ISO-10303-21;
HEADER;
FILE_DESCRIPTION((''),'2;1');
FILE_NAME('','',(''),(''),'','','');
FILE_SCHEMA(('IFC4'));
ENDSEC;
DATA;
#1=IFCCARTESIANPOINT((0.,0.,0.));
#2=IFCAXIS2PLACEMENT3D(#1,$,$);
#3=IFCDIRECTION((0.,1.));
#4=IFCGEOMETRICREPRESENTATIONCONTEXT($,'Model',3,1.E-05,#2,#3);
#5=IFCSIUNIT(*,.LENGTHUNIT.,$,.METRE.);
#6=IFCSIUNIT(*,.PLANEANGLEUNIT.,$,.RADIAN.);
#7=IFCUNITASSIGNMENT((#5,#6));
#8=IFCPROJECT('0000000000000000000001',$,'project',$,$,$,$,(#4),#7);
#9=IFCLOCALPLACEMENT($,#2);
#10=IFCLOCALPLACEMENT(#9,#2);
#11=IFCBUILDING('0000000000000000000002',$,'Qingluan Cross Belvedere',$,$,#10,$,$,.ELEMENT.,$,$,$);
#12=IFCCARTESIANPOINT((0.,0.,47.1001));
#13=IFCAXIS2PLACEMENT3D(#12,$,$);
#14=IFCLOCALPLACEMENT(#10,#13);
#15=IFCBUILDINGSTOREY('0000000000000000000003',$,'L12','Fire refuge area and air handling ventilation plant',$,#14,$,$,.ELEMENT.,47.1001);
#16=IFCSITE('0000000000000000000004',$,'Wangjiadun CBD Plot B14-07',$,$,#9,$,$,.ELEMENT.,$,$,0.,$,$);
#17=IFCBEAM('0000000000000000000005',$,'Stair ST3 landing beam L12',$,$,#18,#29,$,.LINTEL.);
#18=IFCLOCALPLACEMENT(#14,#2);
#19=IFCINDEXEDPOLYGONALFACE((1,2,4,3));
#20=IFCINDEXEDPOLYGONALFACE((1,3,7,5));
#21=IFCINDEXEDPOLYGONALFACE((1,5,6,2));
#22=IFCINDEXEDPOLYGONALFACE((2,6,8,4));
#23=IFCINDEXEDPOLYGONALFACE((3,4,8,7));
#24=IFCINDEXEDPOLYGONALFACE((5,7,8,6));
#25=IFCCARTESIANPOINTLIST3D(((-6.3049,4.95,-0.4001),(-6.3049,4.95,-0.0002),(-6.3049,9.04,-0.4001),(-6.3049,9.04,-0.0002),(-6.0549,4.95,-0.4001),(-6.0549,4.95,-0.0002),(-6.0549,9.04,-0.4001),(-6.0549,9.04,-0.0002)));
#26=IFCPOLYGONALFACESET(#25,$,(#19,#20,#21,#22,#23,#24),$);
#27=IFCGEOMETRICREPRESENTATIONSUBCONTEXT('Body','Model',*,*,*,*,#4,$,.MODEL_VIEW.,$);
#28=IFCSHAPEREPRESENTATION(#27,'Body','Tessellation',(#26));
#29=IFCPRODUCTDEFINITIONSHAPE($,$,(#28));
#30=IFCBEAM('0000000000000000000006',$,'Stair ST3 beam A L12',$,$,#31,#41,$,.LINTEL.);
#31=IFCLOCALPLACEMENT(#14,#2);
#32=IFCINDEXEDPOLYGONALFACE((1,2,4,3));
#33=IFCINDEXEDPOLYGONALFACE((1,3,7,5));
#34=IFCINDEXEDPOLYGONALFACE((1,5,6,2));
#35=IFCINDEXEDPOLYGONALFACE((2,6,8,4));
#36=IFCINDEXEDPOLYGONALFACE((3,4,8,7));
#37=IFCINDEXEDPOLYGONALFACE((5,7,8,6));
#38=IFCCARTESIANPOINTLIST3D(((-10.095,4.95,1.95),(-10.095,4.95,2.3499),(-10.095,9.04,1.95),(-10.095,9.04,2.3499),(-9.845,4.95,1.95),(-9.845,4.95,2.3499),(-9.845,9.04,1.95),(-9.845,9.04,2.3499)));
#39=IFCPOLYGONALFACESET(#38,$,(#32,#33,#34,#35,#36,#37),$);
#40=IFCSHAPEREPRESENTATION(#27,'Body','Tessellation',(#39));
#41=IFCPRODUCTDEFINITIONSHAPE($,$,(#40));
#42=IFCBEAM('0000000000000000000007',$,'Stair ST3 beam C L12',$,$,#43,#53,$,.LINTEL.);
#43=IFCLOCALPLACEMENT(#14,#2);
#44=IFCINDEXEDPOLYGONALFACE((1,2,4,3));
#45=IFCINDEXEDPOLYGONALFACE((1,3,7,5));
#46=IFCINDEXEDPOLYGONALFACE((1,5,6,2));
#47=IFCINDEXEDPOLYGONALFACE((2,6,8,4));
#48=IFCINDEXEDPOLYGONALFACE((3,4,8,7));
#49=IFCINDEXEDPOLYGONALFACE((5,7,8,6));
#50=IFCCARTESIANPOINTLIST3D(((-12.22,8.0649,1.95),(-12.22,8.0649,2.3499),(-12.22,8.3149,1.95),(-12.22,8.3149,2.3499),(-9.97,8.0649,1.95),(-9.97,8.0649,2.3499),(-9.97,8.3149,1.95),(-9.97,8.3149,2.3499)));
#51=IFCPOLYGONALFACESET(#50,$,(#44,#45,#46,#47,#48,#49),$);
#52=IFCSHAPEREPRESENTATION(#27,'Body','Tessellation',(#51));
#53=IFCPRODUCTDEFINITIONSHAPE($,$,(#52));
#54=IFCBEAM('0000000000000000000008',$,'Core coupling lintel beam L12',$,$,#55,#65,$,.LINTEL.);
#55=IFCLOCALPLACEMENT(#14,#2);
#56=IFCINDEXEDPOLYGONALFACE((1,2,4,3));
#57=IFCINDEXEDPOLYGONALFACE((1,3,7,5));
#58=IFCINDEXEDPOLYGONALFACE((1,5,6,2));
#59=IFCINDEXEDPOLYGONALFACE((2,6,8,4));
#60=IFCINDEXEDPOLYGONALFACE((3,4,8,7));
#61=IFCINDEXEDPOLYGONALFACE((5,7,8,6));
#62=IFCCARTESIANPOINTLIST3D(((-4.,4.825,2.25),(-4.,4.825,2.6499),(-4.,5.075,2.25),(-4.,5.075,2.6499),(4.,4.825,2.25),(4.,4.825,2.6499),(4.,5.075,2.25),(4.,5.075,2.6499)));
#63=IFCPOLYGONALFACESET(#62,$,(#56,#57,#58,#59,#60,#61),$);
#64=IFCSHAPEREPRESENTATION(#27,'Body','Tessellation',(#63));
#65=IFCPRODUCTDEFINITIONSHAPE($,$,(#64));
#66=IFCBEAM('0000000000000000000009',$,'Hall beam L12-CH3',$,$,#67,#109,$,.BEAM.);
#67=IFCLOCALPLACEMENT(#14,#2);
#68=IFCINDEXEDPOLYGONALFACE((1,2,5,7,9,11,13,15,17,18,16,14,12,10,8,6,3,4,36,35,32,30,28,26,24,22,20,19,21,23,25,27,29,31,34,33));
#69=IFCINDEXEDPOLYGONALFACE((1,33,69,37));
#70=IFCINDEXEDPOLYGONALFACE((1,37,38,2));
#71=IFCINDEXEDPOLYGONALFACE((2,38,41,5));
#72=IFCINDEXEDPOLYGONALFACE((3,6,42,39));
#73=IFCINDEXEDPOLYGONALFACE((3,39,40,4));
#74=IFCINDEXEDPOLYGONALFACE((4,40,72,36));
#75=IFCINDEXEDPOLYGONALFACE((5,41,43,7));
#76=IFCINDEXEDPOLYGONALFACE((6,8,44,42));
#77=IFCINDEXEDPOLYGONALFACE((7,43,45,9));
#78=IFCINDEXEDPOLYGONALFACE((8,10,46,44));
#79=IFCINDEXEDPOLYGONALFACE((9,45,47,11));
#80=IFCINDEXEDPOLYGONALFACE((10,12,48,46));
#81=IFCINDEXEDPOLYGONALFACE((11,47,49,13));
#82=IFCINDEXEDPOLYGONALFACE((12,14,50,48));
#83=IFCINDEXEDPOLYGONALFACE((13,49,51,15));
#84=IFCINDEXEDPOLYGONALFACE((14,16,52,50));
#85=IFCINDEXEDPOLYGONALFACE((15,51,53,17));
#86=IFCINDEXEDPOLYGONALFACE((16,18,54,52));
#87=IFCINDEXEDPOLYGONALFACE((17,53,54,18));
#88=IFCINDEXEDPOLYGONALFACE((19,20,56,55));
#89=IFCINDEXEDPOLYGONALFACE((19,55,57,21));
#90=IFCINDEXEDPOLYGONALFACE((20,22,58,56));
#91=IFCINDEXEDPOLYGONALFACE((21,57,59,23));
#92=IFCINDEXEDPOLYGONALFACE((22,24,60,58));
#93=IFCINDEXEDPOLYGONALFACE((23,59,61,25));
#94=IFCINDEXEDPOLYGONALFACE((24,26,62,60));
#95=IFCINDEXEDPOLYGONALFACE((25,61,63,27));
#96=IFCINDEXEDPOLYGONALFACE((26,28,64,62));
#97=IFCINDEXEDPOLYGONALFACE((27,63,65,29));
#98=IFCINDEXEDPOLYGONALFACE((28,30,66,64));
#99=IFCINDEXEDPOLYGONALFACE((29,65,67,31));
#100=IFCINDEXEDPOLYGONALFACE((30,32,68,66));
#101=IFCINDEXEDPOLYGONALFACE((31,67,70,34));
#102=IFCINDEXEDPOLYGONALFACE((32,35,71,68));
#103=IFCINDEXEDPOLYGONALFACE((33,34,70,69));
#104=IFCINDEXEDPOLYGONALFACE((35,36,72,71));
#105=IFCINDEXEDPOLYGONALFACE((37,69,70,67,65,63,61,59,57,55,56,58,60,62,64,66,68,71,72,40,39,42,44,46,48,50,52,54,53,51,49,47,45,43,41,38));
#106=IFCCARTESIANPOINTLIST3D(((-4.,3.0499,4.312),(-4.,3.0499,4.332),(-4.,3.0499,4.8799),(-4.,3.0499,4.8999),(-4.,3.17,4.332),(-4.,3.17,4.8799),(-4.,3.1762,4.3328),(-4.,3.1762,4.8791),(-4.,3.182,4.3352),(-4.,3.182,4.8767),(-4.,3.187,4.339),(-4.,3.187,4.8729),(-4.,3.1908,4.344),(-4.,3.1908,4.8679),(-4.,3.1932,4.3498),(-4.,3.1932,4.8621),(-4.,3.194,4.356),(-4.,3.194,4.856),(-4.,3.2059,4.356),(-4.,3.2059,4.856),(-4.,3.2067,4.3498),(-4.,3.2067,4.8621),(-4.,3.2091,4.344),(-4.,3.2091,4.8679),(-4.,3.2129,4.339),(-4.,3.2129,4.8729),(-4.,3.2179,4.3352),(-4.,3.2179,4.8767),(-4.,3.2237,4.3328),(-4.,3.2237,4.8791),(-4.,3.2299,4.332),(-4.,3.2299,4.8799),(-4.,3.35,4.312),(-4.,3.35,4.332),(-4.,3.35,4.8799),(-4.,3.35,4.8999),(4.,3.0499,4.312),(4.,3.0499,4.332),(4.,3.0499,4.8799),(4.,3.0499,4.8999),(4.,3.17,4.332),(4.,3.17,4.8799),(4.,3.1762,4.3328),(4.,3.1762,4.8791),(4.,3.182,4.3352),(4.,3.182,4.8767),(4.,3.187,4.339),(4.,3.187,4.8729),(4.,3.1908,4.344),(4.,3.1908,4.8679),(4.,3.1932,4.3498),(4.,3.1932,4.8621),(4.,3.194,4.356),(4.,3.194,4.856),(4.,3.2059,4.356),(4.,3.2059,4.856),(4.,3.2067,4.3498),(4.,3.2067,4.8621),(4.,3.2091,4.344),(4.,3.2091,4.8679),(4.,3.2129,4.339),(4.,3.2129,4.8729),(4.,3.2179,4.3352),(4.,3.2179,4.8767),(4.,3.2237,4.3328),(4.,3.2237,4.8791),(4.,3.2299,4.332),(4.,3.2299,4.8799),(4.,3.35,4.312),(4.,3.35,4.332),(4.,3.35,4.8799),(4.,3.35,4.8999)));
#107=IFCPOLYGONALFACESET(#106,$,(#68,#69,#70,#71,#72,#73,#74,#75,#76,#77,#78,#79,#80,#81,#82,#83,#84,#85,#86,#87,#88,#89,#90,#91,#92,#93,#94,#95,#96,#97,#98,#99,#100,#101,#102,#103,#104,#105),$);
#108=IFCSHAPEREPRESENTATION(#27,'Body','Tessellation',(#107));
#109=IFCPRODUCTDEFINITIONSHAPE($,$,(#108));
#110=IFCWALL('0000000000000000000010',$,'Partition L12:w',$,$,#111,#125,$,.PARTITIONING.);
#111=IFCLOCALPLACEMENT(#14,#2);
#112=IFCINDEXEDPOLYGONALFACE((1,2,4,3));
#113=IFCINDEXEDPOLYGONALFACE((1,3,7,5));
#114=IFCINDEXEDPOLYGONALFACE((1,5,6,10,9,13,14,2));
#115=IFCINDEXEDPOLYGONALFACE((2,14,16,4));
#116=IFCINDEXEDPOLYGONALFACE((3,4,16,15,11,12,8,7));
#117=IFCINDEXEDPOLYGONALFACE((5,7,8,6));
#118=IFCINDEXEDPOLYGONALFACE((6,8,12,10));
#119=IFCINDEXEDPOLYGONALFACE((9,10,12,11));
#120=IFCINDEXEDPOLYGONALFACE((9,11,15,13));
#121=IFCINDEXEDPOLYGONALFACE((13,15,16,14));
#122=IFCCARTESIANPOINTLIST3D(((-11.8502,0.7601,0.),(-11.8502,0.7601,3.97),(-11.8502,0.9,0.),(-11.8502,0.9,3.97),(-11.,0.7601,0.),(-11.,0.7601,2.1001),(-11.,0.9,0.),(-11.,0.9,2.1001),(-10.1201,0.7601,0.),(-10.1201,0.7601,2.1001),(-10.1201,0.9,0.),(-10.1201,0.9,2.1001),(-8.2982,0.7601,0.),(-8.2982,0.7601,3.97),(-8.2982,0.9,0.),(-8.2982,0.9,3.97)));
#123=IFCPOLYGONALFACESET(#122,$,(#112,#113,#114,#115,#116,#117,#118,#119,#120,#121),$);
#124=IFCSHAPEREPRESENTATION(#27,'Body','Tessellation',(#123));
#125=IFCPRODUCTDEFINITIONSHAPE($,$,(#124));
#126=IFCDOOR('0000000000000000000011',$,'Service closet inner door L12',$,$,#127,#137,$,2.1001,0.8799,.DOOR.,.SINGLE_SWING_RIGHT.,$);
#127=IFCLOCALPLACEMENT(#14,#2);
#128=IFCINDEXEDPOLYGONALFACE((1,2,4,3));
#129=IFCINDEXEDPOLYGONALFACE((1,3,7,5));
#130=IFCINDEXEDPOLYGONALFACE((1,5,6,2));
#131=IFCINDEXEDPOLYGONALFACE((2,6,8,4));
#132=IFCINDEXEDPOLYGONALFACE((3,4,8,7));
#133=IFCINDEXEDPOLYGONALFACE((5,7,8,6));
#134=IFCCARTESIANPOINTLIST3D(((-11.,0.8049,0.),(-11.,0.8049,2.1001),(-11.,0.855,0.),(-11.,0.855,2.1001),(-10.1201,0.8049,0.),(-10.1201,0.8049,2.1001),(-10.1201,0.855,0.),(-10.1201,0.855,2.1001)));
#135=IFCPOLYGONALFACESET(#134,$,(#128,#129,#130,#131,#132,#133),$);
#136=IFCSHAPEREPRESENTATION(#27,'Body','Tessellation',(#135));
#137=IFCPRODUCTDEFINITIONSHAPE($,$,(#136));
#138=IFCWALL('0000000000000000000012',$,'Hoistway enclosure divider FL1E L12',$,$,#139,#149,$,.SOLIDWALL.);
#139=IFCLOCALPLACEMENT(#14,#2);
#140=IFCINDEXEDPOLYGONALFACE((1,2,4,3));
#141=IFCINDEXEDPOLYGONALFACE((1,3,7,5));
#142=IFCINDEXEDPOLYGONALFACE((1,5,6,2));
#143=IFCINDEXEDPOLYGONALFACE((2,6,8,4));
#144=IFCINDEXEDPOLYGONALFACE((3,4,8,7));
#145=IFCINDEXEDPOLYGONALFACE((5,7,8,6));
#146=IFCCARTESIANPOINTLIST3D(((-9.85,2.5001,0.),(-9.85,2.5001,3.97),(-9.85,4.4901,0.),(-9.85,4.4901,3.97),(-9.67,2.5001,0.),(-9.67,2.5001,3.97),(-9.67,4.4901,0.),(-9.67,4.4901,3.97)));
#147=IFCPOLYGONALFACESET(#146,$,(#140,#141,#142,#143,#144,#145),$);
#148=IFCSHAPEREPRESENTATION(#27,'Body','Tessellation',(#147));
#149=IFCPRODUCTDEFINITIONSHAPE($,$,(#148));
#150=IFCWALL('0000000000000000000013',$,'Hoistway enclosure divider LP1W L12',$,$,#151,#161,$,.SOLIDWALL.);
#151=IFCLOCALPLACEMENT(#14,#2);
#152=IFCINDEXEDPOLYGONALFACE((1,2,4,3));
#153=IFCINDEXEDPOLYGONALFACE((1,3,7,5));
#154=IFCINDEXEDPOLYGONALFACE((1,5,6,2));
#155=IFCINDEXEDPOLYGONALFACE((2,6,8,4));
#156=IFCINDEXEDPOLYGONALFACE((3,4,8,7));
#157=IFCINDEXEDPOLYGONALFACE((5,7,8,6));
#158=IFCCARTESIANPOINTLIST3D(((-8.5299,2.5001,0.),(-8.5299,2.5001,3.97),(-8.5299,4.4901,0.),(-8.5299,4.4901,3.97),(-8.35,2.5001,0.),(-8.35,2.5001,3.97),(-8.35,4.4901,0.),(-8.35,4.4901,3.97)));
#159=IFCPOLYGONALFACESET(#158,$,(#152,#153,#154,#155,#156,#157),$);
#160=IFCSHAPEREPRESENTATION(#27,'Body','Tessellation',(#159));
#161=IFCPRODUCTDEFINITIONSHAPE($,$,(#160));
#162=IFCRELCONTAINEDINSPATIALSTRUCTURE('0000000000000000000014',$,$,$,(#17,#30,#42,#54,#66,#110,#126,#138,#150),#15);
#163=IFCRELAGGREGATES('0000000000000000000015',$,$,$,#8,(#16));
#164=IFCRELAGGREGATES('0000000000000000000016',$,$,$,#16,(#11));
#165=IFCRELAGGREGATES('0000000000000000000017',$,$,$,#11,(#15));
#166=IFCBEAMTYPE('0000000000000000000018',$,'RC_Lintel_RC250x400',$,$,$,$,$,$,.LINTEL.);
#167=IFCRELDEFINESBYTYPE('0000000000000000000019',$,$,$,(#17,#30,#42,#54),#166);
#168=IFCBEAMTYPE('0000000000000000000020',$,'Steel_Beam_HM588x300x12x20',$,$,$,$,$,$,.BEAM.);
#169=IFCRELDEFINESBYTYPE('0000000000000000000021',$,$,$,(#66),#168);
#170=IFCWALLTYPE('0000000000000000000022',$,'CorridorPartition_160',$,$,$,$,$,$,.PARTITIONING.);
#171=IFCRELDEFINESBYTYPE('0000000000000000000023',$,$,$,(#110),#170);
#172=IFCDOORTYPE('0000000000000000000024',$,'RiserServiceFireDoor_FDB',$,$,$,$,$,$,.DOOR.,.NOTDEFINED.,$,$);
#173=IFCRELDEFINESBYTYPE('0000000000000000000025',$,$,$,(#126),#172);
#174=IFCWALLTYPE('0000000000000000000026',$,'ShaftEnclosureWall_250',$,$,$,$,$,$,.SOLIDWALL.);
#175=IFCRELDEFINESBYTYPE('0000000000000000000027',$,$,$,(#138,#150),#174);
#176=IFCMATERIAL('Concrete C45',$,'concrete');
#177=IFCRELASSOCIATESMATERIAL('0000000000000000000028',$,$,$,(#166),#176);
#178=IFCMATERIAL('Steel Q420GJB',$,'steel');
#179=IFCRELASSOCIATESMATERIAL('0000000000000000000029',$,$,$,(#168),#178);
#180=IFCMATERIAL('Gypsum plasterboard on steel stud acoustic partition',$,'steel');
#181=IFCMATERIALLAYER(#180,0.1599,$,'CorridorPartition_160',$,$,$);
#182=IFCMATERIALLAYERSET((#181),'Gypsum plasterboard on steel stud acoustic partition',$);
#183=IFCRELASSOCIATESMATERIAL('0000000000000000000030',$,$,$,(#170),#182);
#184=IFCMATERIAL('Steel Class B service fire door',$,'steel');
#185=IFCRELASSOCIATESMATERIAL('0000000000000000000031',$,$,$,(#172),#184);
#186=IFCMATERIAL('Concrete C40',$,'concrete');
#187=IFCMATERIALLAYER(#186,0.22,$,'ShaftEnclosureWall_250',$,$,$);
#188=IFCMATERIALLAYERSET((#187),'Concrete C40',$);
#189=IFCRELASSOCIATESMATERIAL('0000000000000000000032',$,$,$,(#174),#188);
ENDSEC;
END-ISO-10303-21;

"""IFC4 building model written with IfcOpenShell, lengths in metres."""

from ifc_helpers import new_model, si_unit, direction, frame, frame_2d, origin, origin_2d, place, context, subcontext, project, spatial, rectangle, i_section, extrude, material, layer, layer_set, material_profile, profile_set, type_object, element, fill, save


model = new_model("IFC4")

# Units and contexts
model_context = context("Model", 3, precision=1e-05, world=origin(), true_north=direction((0.0, 1.0)))
body_context = subcontext(model_context, "Body", "Model", "MODEL_VIEW")
ifc_project = project(units=[si_unit("LENGTHUNIT", "METRE"), si_unit("PLANEANGLEUNIT", "RADIAN")], contexts=[model_context])

# Site, building, storey
site_placement = place(None, origin())
site = spatial("IfcSite", under=ifc_project, at=site_placement, Name="Wangjiadun CBD Plot B14-07", CompositionType="ELEMENT", RefElevation=0.0)
building_placement = place(site_placement, origin())
building = spatial("IfcBuilding", under=site, at=building_placement, Name="Qingluan Cross Belvedere", CompositionType="ELEMENT")
storey_placement = place(building_placement, frame((0.0, 0.0, 47.1001)))
storey = spatial("IfcBuildingStorey", under=building, at=storey_placement, Name="L12", Description="Fire refuge area and air handling ventilation plant", CompositionType="ELEMENT", Elevation=47.1001)

# Beams
ifc_material_1 = material(Name="Concrete C45", Category="concrete")
ifc_material_profile_1 = material_profile(ifc_material_1, rectangle(XDim=0.25, YDim=0.3999, at=origin_2d()), Name="RC250x400")
ifc_profile_set_1 = profile_set([ifc_material_profile_1], Name="Concrete C45")
beam_type_1 = type_object("IfcBeamType", Name="RC_Lintel_RC250x400", PredefinedType="LINTEL", material=ifc_profile_set_1)
for number, where, z_axis, x_axis, name in (
    (1, (-6.1799, 4.95, -0.2002), (0.0, 1.0, 0.0), (-1.0, 0.0, 0.0), "Stair ST3 landing beam L12"),
    (2, (-9.97, 4.95, 2.1499), (0.0, 1.0, 0.0), (-1.0, 0.0, 0.0), "Stair ST3 beam A L12"),
):
    element("IfcBeam", number, at=place(storey_placement, frame(where, z_axis=z_axis, x_axis=x_axis)), inside=storey, type_object=beam_type_1, Name=name, PredefinedType="LINTEL", context=body_context, shape_type="SweptSolid", body=[
        extrude(rectangle(XDim=0.25, YDim=0.3999, at=origin_2d()), origin(), (0.0, 0.0, 1.0), 4.0901),
    ])
beam_1_placement = place(storey_placement, frame((-12.22, 8.1899, 2.1499), z_axis=(1.0, 0.0, 0.0), x_axis=(0.0, 1.0, 0.0)))
element("IfcBeam", 3, at=beam_1_placement, inside=storey, type_object=beam_type_1, Name="Stair ST3 beam C L12", PredefinedType="LINTEL", context=body_context, shape_type="SweptSolid", body=[
    extrude(rectangle(XDim=0.25, YDim=0.3999, at=origin_2d()), origin(), (0.0, 0.0, 1.0), 2.25),
])
beam_2_placement = place(storey_placement, frame((-4.0, 4.95, 2.45), z_axis=(1.0, 0.0, 0.0), x_axis=(0.0, 1.0, 0.0)))
element("IfcBeam", 4, at=beam_2_placement, inside=storey, type_object=beam_type_1, Name="Core coupling lintel beam L12", PredefinedType="LINTEL", context=body_context, shape_type="SweptSolid", body=[
    extrude(rectangle(XDim=0.25, YDim=0.3999, at=origin_2d()), origin(), (0.0, 0.0, 1.0), 8.0),
])
ifc_material_2 = material(Name="Steel Q420GJB", Category="steel")
ifc_material_profile_2 = material_profile(ifc_material_2, i_section(OverallWidth=0.3, OverallDepth=0.5879, WebThickness=0.012, FlangeThickness=0.02, FilletRadius=0.0239, at=origin_2d()), Name="HM588x300x12x20")
ifc_profile_set_2 = profile_set([ifc_material_profile_2], Name="Steel Q420GJB")
beam_type_2 = type_object("IfcBeamType", Name="Steel_Beam_HM588x300x12x20", PredefinedType="BEAM", material=ifc_profile_set_2)
beam_3_placement = place(storey_placement, frame((-4.0, 3.2, 4.606), z_axis=(1.0, 0.0, 0.0), x_axis=(0.0, 1.0, 0.0)))
element("IfcBeam", 5, at=beam_3_placement, inside=storey, type_object=beam_type_2, Name="Hall beam L12-CH3", PredefinedType="BEAM", context=body_context, shape_type="SweptSolid", body=[
    extrude(i_section(OverallWidth=0.3, OverallDepth=0.5879, WebThickness=0.012, FlangeThickness=0.02, FilletRadius=0.0239, at=origin_2d()), origin(), (0.0, 0.0, 1.0), 8.0),
])

# Wall, opening, door
ifc_material_3 = material(Name="Gypsum plasterboard on steel stud acoustic partition", Category="steel")
ifc_layer_1 = layer(ifc_material_3, 0.1599, Name="CorridorPartition_160")
ifc_layer_set_1 = layer_set([ifc_layer_1], Name="Gypsum plasterboard on steel stud acoustic partition")
wall_type_1 = type_object("IfcWallType", Name="CorridorPartition_160", PredefinedType="PARTITIONING", material=ifc_layer_set_1)
wall_1_placement = place(storey_placement, frame((-11.8501, 0.8301, 0.0), z_axis=(0.0, 0.0, 1.0), x_axis=(1.0, 0.0, 0.0)))
wall_1 = element("IfcWall", 6, at=wall_1_placement, inside=storey, type_object=wall_type_1, Name="Partition L12:w", PredefinedType="PARTITIONING", context=body_context, shape_type="SweptSolid", body=[
    extrude(rectangle(XDim=3.552, YDim=0.1399, at=frame_2d((1.7759, 0.0))), origin(), (0.0, 0.0, 1.0), 3.97),
])
opening_1_placement = place(wall_1_placement, frame((0.8501, 0.0, 0.0)))
opening_1 = element("IfcOpeningElement", 7, at=opening_1_placement, cuts=wall_1, PredefinedType="OPENING", context=body_context, shape_type="SweptSolid", body=[
    extrude(rectangle(XDim=0.8799, YDim=2.1001, at=frame_2d((0.4399, 1.05))), frame((0.0, 0.0798, 0.0), z_axis=(0.0, -1.0, 0.0), x_axis=(1.0, 0.0, 0.0)), (0.0, 0.0, 1.0), 0.1599),
])
ifc_material_4 = material(Name="Steel Class B service fire door", Category="steel")
door_type_1 = type_object("IfcDoorType", Name="RiserServiceFireDoor_FDB", OperationType="NOTDEFINED", PredefinedType="DOOR", material=ifc_material_4)
door_1_placement = place(opening_1_placement, origin())
door_1 = element("IfcDoor", 8, at=door_1_placement, inside=storey, type_object=door_type_1, Name="Service closet inner door L12", OperationType="SINGLE_SWING_RIGHT", OverallHeight=2.1001, OverallWidth=0.8799, PredefinedType="DOOR", context=body_context, shape_type="SweptSolid", body=[
    extrude(rectangle(XDim=0.8799, YDim=2.1001, at=frame_2d((0.4399, 1.05))), frame((0.0, 0.0249, 0.0), z_axis=(0.0, -1.0, 0.0), x_axis=(1.0, 0.0, 0.0)), (0.0, 0.0, 1.0), 0.05),
])
fill(opening_1, door_1)

# Shared definitions
ifc_material_5 = material(Name="Concrete C40", Category="concrete")
ifc_layer_2 = layer(ifc_material_5, 0.22, Name="ShaftEnclosureWall_250")
ifc_layer_set_2 = layer_set([ifc_layer_2], Name="Concrete C40")
wall_type_2 = type_object("IfcWallType", Name="ShaftEnclosureWall_250", PredefinedType="SOLIDWALL", material=ifc_layer_set_2)

# Walls
for number, where, z_axis, x_axis, name in (
    (9, (-9.76, 2.5, 0.0), (0.0, 0.0, 1.0), (0.0, 1.0, 0.0), "Hoistway enclosure divider FL1E L12"),
    (10, (-8.4399, 2.5, 0.0), (0.0, 0.0, 1.0), (0.0, 1.0, 0.0), "Hoistway enclosure divider LP1W L12"),
):
    element("IfcWall", number, at=place(storey_placement, frame(where, z_axis=z_axis, x_axis=x_axis)), inside=storey, type_object=wall_type_2, Name=name, PredefinedType="SOLIDWALL", context=body_context, shape_type="SweptSolid", body=[
        extrude(rectangle(XDim=1.99, YDim=0.1799, at=frame_2d((0.9951, 0.0))), origin(), (0.0, 0.0, 1.0), 3.97),
    ])

save(model, "model.ifc")
